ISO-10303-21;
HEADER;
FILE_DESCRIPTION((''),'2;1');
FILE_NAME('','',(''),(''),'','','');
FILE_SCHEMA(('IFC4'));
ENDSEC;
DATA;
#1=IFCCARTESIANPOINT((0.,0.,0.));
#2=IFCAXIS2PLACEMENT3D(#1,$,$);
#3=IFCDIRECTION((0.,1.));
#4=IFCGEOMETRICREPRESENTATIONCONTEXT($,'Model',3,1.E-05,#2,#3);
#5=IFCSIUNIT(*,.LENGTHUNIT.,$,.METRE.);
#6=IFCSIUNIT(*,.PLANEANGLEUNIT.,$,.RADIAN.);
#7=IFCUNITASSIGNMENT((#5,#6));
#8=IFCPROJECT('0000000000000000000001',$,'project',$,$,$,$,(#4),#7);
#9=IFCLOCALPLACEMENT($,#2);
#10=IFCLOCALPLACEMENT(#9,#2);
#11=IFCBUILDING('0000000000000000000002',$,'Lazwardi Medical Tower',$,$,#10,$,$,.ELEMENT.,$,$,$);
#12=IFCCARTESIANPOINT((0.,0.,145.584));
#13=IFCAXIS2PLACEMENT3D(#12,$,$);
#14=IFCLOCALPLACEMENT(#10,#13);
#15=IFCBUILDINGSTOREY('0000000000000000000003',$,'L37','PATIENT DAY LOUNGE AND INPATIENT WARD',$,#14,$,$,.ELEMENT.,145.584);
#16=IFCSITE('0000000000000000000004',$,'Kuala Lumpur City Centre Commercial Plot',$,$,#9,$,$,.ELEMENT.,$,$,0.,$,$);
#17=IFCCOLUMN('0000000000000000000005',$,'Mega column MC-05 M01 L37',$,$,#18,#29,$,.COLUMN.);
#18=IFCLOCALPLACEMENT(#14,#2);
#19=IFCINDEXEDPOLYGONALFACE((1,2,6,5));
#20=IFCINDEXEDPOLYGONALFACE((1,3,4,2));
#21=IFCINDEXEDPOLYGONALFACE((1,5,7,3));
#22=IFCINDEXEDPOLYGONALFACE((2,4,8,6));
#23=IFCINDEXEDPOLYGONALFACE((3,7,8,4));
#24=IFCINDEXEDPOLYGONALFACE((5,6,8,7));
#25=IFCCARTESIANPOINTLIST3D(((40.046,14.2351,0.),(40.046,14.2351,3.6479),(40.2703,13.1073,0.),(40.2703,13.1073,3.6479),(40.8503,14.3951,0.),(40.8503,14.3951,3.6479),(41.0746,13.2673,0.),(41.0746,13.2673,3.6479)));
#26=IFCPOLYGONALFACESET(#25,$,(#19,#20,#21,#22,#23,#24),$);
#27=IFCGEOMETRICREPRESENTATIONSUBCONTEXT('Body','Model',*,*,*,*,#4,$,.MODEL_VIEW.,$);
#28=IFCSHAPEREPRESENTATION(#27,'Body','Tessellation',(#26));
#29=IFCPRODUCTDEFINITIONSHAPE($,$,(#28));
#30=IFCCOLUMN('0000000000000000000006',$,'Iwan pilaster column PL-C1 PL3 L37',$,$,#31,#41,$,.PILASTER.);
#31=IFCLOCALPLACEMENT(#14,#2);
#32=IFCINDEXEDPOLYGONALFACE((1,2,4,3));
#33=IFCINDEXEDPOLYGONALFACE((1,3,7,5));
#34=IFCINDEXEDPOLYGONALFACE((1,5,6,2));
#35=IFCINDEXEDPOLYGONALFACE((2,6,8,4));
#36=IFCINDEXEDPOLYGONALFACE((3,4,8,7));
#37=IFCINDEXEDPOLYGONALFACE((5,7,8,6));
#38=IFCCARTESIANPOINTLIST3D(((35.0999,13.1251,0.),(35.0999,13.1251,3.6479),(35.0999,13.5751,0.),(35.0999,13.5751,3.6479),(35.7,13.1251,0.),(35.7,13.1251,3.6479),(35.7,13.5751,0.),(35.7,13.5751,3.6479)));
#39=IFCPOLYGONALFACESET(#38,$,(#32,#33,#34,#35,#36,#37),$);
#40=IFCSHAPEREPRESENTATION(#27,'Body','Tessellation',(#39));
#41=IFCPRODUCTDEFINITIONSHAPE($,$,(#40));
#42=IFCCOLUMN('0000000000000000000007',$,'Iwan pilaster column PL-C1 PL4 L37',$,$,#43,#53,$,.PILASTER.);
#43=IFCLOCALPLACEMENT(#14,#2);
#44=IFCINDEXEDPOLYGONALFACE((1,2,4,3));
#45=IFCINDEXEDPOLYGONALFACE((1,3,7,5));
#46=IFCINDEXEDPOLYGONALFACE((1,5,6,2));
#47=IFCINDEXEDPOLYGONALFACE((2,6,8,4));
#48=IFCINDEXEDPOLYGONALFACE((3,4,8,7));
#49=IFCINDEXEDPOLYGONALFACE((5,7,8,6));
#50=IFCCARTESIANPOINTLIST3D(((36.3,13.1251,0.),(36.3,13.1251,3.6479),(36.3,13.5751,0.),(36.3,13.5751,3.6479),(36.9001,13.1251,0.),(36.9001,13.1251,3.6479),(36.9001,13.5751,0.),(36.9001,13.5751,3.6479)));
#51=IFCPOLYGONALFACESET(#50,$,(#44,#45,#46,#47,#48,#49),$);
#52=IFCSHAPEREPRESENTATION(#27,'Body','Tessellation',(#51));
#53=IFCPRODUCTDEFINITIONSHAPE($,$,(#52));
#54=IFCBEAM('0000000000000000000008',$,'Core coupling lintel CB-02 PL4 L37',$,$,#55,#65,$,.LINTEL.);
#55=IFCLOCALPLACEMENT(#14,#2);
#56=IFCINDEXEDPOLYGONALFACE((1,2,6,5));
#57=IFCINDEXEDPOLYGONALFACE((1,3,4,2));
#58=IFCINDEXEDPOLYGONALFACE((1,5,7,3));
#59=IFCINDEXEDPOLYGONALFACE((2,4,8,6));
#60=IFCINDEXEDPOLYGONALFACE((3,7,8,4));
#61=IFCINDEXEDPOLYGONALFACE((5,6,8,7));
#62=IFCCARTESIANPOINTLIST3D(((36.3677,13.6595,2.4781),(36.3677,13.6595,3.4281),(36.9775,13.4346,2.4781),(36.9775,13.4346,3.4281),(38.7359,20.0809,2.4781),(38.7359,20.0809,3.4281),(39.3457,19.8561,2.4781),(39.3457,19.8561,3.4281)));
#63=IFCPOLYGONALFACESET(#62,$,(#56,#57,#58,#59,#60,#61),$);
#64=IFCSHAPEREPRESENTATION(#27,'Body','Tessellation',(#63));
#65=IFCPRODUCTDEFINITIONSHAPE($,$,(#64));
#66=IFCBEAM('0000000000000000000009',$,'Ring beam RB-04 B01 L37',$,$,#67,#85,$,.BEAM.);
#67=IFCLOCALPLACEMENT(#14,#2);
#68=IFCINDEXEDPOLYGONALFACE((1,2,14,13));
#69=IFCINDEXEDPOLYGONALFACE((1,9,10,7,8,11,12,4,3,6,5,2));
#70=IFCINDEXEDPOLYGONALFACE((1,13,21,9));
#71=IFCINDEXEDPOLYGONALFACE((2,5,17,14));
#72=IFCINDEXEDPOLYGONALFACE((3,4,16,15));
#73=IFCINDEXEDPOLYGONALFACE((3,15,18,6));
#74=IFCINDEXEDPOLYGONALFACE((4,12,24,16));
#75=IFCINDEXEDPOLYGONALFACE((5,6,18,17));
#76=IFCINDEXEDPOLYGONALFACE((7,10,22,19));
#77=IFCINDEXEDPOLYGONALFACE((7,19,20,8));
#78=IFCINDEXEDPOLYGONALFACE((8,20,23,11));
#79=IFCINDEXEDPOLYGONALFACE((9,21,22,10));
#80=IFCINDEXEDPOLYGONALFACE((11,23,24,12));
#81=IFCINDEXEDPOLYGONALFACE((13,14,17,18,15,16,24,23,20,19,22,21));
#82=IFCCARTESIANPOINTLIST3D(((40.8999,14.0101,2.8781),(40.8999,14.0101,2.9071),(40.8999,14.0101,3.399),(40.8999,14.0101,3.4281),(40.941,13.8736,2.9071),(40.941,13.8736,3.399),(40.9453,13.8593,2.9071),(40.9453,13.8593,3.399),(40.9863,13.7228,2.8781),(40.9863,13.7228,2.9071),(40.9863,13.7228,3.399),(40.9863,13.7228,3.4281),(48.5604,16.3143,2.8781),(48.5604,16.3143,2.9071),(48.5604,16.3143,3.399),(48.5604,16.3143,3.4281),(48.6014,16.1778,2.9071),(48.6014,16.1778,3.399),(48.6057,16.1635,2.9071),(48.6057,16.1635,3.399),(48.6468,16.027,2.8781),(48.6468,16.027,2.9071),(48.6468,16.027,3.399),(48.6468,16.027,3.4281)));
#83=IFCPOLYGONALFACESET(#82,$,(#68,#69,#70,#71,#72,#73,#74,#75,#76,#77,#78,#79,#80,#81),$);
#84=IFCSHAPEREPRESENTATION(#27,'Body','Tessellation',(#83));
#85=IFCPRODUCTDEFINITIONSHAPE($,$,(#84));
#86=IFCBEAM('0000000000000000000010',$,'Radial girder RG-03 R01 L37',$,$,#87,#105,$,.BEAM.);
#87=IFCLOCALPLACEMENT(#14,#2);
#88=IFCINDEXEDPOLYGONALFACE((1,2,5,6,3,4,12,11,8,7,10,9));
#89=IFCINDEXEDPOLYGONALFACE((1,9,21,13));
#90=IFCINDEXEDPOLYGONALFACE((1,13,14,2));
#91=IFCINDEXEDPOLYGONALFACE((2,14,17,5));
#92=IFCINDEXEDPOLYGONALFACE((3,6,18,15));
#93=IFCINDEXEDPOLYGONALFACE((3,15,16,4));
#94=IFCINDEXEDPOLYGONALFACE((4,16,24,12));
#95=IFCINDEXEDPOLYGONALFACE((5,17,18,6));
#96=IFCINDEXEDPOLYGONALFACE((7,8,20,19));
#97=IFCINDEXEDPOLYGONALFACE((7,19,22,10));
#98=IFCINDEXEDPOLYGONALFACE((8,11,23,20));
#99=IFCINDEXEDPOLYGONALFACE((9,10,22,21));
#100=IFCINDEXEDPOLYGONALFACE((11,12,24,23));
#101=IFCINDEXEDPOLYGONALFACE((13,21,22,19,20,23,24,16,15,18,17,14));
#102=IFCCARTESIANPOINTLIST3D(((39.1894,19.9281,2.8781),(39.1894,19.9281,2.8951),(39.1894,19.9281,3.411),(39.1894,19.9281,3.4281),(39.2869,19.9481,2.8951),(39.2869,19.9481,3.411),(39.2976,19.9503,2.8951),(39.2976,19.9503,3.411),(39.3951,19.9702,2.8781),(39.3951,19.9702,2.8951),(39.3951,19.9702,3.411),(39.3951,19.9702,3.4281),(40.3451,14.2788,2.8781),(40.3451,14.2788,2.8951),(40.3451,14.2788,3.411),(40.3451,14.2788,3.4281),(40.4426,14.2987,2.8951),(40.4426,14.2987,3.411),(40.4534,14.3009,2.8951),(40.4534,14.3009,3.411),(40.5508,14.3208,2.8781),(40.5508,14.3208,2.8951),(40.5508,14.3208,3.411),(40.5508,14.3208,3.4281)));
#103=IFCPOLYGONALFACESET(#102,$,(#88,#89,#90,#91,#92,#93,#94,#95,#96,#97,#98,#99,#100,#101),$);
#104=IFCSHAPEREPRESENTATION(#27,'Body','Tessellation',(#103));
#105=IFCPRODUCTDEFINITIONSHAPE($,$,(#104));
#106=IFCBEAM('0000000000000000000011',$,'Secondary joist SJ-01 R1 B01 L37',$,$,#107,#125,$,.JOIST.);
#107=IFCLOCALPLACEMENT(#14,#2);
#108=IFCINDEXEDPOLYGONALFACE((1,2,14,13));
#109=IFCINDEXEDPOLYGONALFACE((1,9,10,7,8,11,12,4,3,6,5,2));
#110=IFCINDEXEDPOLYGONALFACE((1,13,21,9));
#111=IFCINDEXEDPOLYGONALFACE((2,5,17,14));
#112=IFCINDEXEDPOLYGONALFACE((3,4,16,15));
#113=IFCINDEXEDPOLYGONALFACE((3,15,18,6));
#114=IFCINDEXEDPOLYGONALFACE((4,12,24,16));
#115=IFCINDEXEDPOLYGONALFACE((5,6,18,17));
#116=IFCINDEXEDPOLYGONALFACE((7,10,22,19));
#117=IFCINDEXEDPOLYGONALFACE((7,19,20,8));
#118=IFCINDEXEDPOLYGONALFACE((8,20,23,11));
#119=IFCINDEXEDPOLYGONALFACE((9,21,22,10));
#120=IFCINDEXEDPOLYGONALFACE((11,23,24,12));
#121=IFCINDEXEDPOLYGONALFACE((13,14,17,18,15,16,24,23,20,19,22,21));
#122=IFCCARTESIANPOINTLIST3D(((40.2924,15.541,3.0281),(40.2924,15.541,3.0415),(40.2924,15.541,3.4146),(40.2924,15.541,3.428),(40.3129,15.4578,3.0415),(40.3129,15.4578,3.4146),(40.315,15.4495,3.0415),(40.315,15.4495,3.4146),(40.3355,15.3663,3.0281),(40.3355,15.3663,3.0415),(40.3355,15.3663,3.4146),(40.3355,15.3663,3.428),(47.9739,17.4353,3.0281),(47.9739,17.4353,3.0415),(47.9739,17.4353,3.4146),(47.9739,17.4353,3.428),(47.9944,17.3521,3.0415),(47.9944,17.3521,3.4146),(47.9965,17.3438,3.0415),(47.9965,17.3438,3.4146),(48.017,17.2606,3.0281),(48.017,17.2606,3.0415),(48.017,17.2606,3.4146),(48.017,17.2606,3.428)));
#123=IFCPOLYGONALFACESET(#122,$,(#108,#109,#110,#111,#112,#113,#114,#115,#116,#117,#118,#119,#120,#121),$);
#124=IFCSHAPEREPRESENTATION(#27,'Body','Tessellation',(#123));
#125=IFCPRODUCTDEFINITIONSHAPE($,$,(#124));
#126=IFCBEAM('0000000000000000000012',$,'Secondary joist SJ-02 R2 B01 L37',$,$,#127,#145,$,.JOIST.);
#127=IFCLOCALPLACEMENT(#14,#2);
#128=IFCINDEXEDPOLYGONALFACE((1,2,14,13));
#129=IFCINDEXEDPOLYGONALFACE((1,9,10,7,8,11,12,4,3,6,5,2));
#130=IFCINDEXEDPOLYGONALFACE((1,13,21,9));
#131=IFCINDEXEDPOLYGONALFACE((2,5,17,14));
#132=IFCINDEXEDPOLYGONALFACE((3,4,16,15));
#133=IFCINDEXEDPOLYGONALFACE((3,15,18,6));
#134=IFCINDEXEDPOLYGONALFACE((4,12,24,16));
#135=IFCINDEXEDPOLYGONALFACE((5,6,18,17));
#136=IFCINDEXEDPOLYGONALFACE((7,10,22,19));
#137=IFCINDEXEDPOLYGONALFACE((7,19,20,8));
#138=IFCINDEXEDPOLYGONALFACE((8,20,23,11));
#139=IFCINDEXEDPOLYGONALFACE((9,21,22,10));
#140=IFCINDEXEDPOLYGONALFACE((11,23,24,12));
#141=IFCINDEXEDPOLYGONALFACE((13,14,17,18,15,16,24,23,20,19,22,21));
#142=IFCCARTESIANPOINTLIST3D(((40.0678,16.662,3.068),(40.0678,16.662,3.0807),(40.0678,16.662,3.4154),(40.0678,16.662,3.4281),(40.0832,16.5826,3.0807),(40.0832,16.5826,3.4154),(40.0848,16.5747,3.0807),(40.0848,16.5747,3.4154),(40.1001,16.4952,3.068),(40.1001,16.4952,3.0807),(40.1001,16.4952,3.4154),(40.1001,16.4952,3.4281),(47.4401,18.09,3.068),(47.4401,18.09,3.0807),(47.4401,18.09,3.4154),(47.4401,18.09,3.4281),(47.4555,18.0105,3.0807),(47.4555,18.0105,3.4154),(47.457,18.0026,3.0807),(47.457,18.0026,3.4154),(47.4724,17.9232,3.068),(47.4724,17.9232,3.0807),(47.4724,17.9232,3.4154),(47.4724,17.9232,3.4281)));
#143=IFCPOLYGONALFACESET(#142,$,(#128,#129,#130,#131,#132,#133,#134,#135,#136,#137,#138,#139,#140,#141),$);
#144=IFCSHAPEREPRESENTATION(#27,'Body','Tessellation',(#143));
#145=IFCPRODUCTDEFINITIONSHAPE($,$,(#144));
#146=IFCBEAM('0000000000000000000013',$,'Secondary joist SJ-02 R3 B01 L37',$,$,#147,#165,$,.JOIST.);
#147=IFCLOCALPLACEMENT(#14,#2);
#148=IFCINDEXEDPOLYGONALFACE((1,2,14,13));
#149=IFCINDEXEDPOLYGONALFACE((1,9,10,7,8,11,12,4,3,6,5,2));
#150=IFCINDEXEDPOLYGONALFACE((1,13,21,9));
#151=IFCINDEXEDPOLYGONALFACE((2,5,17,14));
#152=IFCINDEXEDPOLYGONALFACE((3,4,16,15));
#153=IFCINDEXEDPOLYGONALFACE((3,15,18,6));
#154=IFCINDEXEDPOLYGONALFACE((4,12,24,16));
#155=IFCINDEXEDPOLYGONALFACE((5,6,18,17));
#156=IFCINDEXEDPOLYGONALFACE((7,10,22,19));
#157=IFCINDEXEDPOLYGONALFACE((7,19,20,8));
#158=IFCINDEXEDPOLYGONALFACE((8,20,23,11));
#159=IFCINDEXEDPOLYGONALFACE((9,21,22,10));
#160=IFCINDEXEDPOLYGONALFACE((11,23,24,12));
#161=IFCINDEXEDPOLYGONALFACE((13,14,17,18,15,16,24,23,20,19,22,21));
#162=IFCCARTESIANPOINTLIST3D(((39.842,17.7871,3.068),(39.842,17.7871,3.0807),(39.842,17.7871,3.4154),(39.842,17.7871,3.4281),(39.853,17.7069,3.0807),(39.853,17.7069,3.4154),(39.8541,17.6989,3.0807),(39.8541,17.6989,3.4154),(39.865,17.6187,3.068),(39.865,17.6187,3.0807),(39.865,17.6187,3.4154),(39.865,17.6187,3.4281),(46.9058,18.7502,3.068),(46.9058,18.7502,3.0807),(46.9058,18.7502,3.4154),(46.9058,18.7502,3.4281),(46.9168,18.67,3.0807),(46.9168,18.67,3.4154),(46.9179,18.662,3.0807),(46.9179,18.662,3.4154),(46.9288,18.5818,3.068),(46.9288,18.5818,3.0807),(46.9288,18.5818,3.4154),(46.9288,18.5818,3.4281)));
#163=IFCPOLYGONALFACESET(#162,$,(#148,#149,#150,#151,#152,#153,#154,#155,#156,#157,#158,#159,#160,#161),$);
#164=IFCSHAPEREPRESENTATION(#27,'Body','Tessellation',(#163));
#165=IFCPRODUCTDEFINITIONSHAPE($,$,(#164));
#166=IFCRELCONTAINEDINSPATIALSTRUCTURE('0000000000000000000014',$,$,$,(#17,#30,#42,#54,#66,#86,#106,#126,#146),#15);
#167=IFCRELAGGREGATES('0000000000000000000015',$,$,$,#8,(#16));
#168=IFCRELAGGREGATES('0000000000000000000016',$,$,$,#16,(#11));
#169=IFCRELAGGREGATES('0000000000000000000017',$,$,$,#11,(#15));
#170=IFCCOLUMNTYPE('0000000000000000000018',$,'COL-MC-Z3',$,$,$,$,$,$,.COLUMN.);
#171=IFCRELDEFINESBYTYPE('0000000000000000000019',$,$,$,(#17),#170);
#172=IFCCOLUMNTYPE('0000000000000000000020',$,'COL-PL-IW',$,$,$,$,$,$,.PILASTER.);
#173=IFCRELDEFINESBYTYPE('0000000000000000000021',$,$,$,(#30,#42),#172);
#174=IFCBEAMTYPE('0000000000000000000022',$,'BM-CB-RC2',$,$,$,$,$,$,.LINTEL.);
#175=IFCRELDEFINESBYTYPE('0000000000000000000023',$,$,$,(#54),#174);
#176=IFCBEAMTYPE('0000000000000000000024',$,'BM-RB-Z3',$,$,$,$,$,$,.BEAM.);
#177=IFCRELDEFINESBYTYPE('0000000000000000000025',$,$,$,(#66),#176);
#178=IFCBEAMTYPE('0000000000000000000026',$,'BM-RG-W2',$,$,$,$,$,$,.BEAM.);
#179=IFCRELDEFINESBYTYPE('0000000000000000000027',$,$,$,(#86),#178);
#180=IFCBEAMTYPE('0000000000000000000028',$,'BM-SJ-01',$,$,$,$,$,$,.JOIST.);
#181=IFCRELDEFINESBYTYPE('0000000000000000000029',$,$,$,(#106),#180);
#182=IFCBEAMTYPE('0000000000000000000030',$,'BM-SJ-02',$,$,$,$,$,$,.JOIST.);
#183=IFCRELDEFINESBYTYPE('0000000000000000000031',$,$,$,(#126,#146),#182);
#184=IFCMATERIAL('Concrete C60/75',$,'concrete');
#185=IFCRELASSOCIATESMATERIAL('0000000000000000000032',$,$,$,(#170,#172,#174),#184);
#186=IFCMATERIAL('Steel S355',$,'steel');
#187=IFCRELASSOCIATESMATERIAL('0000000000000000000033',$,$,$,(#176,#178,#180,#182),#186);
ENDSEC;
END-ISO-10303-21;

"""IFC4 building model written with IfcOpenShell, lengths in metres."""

from ifc_helpers import new_model, si_unit, direction, frame, origin, origin_2d, place, context, subcontext, project, spatial, rectangle, i_section, extrude, material, material_profile, profile_set, type_object, element, save


model = new_model("IFC4")

# Units and contexts
model_context = context("Model", 3, precision=1e-05, world=origin(), true_north=direction((0.0, 1.0)))
body_context = subcontext(model_context, "Body", "Model", "MODEL_VIEW")
ifc_project = project(units=[si_unit("LENGTHUNIT", "METRE"), si_unit("PLANEANGLEUNIT", "RADIAN")], contexts=[model_context])

# Site, building, storey
site_placement = place(None, origin())
site = spatial("IfcSite", under=ifc_project, at=site_placement, Name="Kuala Lumpur City Centre Commercial Plot", CompositionType="ELEMENT", RefElevation=0.0)
building_placement = place(site_placement, origin())
building = spatial("IfcBuilding", under=site, at=building_placement, Name="Lazwardi Medical Tower", CompositionType="ELEMENT")
storey_placement = place(building_placement, frame((0.0, 0.0, 145.584)))
storey = spatial("IfcBuildingStorey", under=building, at=storey_placement, Name="L37", Description="PATIENT DAY LOUNGE AND INPATIENT WARD", CompositionType="ELEMENT", Elevation=145.584)

# Columns
ifc_material_1 = material(Name="Concrete C60/75", Category="concrete")
ifc_material_profile_1 = material_profile(ifc_material_1, rectangle(XDim=1.1499, YDim=0.8201, at=origin_2d()), Name="CFT-RECT 1150x820")
ifc_profile_set_1 = profile_set([ifc_material_profile_1], Name="Concrete C60/75")
column_type_1 = type_object("IfcColumnType", Name="COL-MC-Z3", PredefinedType="COLUMN", material=ifc_profile_set_1)
column_placement = place(storey_placement, frame((40.5603, 13.7512, 0.0), z_axis=(0.0, 0.0, 1.0), x_axis=(0.19509, -0.980785, 0.0)))
element("IfcColumn", 1, at=column_placement, inside=storey, type_object=column_type_1, Name="Mega column MC-05 M01 L37", PredefinedType="COLUMN", context=body_context, shape_type="SweptSolid", body=[
    extrude(rectangle(XDim=1.1499, YDim=0.8201, at=origin_2d()), origin(), (0.0, 0.0, 1.0), 3.6479),
])
ifc_material_profile_2 = material_profile(ifc_material_1, rectangle(XDim=0.6001, YDim=0.45, at=origin_2d()), Name="RC 600x450")
ifc_profile_set_2 = profile_set([ifc_material_profile_2], Name="Concrete C60/75")
column_type_2 = type_object("IfcColumnType", Name="COL-PL-IW", PredefinedType="PILASTER", material=ifc_profile_set_2)
for number, where, z_axis, x_axis, name in (
    (2, (35.3999, 13.3501, 0.0), (0.0, 0.0, 1.0), (1.0, 0.0, 0.0), "Iwan pilaster column PL-C1 PL3 L37"),
    (3, (36.6001, 13.3501, 0.0), (0.0, 0.0, 1.0), (1.0, 0.0, 0.0), "Iwan pilaster column PL-C1 PL4 L37"),
):
    element("IfcColumn", number, at=place(storey_placement, frame(where, z_axis=z_axis, x_axis=x_axis)), inside=storey, type_object=column_type_2, Name=name, PredefinedType="PILASTER", context=body_context, shape_type="SweptSolid", body=[
        extrude(rectangle(XDim=0.6001, YDim=0.45, at=origin_2d()), origin(), (0.0, 0.0, 1.0), 3.6479),
    ])

# Beams
ifc_material_profile_3 = material_profile(ifc_material_1, rectangle(XDim=0.6499, YDim=0.95, at=origin_2d()), Name="RC 650x950")
ifc_profile_set_3 = profile_set([ifc_material_profile_3], Name="Concrete C60/75")
beam_type_1 = type_object("IfcBeamType", Name="BM-CB-RC2", PredefinedType="LINTEL", material=ifc_profile_set_3)
beam_1_placement = place(storey_placement, frame((39.0408, 19.9685, 2.9531), z_axis=(-0.346013, -0.93823, 0.0), x_axis=(0.93823, -0.346013, 0.0)))
element("IfcBeam", 4, at=beam_1_placement, inside=storey, type_object=beam_type_1, Name="Core coupling lintel CB-02 PL4 L37", PredefinedType="LINTEL", context=body_context, shape_type="SweptSolid", body=[
    extrude(rectangle(XDim=0.6499, YDim=0.95, at=origin_2d()), origin(), (0.0, 0.0, 1.0), 6.8442),
])
ifc_material_2 = material(Name="Steel S355", Category="steel")
ifc_material_profile_4 = material_profile(ifc_material_2, i_section(OverallWidth=0.3, OverallDepth=0.55, WebThickness=0.0149, FlangeThickness=0.0291, at=origin_2d()), Name="HEB 550")
ifc_profile_set_4 = profile_set([ifc_material_profile_4], Name="Steel S355")
beam_type_2 = type_object("IfcBeamType", Name="BM-RB-Z3", PredefinedType="BEAM", material=ifc_profile_set_4)
beam_2_placement = place(storey_placement, frame((40.9431, 13.8665, 3.1531), z_axis=(0.957617, 0.288045, 0.0), x_axis=(-0.288045, 0.957617, 0.0)))
element("IfcBeam", 5, at=beam_2_placement, inside=storey, type_object=beam_type_2, Name="Ring beam RB-04 B01 L37", PredefinedType="BEAM", context=body_context, shape_type="SweptSolid", body=[
    extrude(i_section(OverallWidth=0.3, OverallDepth=0.55, WebThickness=0.0149, FlangeThickness=0.0291, at=origin_2d()), origin(), (0.0, 0.0, 1.0), 7.9995),
])
ifc_material_profile_5 = material_profile(ifc_material_2, i_section(OverallWidth=0.21, OverallDepth=0.55, WebThickness=0.011, FlangeThickness=0.0171, at=origin_2d()), Name="IPE 550")
ifc_profile_set_5 = profile_set([ifc_material_profile_5], Name="Steel S355")
beam_type_3 = type_object("IfcBeamType", Name="BM-RG-W2", PredefinedType="BEAM", material=ifc_profile_set_5)
beam_3_placement = place(storey_placement, frame((40.448, 14.2998, 3.1531), z_axis=(-0.200429, 0.979708, 0.0), x_axis=(-0.979708, -0.200429, 0.0)))
element("IfcBeam", 6, at=beam_3_placement, inside=storey, type_object=beam_type_3, Name="Radial girder RG-03 R01 L37", PredefinedType="BEAM", context=body_context, shape_type="SweptSolid", body=[
    extrude(i_section(OverallWidth=0.21, OverallDepth=0.55, WebThickness=0.011, FlangeThickness=0.0171, at=origin_2d()), origin(), (0.0, 0.0, 1.0), 5.7664),
])
ifc_material_profile_6 = material_profile(ifc_material_2, i_section(OverallWidth=0.1799, OverallDepth=0.3999, WebThickness=0.0085, FlangeThickness=0.0134, at=origin_2d()), Name="IPE 400")
ifc_profile_set_6 = profile_set([ifc_material_profile_6], Name="Steel S355")
beam_type_4 = type_object("IfcBeamType", Name="BM-SJ-01", PredefinedType="JOIST", material=ifc_profile_set_6)
beam_4_placement = place(storey_placement, frame((40.314, 15.4536, 3.228), z_axis=(0.970913, 0.239434, 0.0), x_axis=(-0.239434, 0.970913, 0.0)))
element("IfcBeam", 7, at=beam_4_placement, inside=storey, type_object=beam_type_4, Name="Secondary joist SJ-01 R1 B01 L37", PredefinedType="JOIST", context=body_context, shape_type="SweptSolid", body=[
    extrude(i_section(OverallWidth=0.1799, OverallDepth=0.3999, WebThickness=0.0085, FlangeThickness=0.0134, at=origin_2d()), origin(), (0.0, 0.0, 1.0), 7.9116),
])
ifc_material_profile_7 = material_profile(ifc_material_2, i_section(OverallWidth=0.1699, OverallDepth=0.3601, WebThickness=0.0081, FlangeThickness=0.0127, at=origin_2d()), Name="IPE 360")
ifc_profile_set_7 = profile_set([ifc_material_profile_7], Name="Steel S355")
beam_type_5 = type_object("IfcBeamType", Name="BM-SJ-02", PredefinedType="JOIST", material=ifc_profile_set_7)
beam_5_placement = place(storey_placement, frame((40.084, 16.5786, 3.248), z_axis=(0.981753, 0.19016, 0.0), x_axis=(-0.19016, 0.981753, 0.0)))
element("IfcBeam", 8, at=beam_5_placement, inside=storey, type_object=beam_type_5, Name="Secondary joist SJ-02 R2 B01 L37", PredefinedType="JOIST", context=body_context, shape_type="SweptSolid", body=[
    extrude(i_section(OverallWidth=0.1699, OverallDepth=0.3601, WebThickness=0.0081, FlangeThickness=0.0127, at=origin_2d()), origin(), (0.0, 0.0, 1.0), 7.5093),
])
beam_6_placement = place(storey_placement, frame((39.8535, 17.7029, 3.248), z_axis=(0.990832, 0.135099, 0.0), x_axis=(-0.135099, 0.990832, 0.0)))
element("IfcBeam", 9, at=beam_6_placement, inside=storey, type_object=beam_type_5, Name="Secondary joist SJ-02 R3 B01 L37", PredefinedType="JOIST", context=body_context, shape_type="SweptSolid", body=[
    extrude(i_section(OverallWidth=0.1699, OverallDepth=0.3601, WebThickness=0.0081, FlangeThickness=0.0127, at=origin_2d()), origin(), (0.0, 0.0, 1.0), 7.1292),
])

save(model, "model.ifc")
